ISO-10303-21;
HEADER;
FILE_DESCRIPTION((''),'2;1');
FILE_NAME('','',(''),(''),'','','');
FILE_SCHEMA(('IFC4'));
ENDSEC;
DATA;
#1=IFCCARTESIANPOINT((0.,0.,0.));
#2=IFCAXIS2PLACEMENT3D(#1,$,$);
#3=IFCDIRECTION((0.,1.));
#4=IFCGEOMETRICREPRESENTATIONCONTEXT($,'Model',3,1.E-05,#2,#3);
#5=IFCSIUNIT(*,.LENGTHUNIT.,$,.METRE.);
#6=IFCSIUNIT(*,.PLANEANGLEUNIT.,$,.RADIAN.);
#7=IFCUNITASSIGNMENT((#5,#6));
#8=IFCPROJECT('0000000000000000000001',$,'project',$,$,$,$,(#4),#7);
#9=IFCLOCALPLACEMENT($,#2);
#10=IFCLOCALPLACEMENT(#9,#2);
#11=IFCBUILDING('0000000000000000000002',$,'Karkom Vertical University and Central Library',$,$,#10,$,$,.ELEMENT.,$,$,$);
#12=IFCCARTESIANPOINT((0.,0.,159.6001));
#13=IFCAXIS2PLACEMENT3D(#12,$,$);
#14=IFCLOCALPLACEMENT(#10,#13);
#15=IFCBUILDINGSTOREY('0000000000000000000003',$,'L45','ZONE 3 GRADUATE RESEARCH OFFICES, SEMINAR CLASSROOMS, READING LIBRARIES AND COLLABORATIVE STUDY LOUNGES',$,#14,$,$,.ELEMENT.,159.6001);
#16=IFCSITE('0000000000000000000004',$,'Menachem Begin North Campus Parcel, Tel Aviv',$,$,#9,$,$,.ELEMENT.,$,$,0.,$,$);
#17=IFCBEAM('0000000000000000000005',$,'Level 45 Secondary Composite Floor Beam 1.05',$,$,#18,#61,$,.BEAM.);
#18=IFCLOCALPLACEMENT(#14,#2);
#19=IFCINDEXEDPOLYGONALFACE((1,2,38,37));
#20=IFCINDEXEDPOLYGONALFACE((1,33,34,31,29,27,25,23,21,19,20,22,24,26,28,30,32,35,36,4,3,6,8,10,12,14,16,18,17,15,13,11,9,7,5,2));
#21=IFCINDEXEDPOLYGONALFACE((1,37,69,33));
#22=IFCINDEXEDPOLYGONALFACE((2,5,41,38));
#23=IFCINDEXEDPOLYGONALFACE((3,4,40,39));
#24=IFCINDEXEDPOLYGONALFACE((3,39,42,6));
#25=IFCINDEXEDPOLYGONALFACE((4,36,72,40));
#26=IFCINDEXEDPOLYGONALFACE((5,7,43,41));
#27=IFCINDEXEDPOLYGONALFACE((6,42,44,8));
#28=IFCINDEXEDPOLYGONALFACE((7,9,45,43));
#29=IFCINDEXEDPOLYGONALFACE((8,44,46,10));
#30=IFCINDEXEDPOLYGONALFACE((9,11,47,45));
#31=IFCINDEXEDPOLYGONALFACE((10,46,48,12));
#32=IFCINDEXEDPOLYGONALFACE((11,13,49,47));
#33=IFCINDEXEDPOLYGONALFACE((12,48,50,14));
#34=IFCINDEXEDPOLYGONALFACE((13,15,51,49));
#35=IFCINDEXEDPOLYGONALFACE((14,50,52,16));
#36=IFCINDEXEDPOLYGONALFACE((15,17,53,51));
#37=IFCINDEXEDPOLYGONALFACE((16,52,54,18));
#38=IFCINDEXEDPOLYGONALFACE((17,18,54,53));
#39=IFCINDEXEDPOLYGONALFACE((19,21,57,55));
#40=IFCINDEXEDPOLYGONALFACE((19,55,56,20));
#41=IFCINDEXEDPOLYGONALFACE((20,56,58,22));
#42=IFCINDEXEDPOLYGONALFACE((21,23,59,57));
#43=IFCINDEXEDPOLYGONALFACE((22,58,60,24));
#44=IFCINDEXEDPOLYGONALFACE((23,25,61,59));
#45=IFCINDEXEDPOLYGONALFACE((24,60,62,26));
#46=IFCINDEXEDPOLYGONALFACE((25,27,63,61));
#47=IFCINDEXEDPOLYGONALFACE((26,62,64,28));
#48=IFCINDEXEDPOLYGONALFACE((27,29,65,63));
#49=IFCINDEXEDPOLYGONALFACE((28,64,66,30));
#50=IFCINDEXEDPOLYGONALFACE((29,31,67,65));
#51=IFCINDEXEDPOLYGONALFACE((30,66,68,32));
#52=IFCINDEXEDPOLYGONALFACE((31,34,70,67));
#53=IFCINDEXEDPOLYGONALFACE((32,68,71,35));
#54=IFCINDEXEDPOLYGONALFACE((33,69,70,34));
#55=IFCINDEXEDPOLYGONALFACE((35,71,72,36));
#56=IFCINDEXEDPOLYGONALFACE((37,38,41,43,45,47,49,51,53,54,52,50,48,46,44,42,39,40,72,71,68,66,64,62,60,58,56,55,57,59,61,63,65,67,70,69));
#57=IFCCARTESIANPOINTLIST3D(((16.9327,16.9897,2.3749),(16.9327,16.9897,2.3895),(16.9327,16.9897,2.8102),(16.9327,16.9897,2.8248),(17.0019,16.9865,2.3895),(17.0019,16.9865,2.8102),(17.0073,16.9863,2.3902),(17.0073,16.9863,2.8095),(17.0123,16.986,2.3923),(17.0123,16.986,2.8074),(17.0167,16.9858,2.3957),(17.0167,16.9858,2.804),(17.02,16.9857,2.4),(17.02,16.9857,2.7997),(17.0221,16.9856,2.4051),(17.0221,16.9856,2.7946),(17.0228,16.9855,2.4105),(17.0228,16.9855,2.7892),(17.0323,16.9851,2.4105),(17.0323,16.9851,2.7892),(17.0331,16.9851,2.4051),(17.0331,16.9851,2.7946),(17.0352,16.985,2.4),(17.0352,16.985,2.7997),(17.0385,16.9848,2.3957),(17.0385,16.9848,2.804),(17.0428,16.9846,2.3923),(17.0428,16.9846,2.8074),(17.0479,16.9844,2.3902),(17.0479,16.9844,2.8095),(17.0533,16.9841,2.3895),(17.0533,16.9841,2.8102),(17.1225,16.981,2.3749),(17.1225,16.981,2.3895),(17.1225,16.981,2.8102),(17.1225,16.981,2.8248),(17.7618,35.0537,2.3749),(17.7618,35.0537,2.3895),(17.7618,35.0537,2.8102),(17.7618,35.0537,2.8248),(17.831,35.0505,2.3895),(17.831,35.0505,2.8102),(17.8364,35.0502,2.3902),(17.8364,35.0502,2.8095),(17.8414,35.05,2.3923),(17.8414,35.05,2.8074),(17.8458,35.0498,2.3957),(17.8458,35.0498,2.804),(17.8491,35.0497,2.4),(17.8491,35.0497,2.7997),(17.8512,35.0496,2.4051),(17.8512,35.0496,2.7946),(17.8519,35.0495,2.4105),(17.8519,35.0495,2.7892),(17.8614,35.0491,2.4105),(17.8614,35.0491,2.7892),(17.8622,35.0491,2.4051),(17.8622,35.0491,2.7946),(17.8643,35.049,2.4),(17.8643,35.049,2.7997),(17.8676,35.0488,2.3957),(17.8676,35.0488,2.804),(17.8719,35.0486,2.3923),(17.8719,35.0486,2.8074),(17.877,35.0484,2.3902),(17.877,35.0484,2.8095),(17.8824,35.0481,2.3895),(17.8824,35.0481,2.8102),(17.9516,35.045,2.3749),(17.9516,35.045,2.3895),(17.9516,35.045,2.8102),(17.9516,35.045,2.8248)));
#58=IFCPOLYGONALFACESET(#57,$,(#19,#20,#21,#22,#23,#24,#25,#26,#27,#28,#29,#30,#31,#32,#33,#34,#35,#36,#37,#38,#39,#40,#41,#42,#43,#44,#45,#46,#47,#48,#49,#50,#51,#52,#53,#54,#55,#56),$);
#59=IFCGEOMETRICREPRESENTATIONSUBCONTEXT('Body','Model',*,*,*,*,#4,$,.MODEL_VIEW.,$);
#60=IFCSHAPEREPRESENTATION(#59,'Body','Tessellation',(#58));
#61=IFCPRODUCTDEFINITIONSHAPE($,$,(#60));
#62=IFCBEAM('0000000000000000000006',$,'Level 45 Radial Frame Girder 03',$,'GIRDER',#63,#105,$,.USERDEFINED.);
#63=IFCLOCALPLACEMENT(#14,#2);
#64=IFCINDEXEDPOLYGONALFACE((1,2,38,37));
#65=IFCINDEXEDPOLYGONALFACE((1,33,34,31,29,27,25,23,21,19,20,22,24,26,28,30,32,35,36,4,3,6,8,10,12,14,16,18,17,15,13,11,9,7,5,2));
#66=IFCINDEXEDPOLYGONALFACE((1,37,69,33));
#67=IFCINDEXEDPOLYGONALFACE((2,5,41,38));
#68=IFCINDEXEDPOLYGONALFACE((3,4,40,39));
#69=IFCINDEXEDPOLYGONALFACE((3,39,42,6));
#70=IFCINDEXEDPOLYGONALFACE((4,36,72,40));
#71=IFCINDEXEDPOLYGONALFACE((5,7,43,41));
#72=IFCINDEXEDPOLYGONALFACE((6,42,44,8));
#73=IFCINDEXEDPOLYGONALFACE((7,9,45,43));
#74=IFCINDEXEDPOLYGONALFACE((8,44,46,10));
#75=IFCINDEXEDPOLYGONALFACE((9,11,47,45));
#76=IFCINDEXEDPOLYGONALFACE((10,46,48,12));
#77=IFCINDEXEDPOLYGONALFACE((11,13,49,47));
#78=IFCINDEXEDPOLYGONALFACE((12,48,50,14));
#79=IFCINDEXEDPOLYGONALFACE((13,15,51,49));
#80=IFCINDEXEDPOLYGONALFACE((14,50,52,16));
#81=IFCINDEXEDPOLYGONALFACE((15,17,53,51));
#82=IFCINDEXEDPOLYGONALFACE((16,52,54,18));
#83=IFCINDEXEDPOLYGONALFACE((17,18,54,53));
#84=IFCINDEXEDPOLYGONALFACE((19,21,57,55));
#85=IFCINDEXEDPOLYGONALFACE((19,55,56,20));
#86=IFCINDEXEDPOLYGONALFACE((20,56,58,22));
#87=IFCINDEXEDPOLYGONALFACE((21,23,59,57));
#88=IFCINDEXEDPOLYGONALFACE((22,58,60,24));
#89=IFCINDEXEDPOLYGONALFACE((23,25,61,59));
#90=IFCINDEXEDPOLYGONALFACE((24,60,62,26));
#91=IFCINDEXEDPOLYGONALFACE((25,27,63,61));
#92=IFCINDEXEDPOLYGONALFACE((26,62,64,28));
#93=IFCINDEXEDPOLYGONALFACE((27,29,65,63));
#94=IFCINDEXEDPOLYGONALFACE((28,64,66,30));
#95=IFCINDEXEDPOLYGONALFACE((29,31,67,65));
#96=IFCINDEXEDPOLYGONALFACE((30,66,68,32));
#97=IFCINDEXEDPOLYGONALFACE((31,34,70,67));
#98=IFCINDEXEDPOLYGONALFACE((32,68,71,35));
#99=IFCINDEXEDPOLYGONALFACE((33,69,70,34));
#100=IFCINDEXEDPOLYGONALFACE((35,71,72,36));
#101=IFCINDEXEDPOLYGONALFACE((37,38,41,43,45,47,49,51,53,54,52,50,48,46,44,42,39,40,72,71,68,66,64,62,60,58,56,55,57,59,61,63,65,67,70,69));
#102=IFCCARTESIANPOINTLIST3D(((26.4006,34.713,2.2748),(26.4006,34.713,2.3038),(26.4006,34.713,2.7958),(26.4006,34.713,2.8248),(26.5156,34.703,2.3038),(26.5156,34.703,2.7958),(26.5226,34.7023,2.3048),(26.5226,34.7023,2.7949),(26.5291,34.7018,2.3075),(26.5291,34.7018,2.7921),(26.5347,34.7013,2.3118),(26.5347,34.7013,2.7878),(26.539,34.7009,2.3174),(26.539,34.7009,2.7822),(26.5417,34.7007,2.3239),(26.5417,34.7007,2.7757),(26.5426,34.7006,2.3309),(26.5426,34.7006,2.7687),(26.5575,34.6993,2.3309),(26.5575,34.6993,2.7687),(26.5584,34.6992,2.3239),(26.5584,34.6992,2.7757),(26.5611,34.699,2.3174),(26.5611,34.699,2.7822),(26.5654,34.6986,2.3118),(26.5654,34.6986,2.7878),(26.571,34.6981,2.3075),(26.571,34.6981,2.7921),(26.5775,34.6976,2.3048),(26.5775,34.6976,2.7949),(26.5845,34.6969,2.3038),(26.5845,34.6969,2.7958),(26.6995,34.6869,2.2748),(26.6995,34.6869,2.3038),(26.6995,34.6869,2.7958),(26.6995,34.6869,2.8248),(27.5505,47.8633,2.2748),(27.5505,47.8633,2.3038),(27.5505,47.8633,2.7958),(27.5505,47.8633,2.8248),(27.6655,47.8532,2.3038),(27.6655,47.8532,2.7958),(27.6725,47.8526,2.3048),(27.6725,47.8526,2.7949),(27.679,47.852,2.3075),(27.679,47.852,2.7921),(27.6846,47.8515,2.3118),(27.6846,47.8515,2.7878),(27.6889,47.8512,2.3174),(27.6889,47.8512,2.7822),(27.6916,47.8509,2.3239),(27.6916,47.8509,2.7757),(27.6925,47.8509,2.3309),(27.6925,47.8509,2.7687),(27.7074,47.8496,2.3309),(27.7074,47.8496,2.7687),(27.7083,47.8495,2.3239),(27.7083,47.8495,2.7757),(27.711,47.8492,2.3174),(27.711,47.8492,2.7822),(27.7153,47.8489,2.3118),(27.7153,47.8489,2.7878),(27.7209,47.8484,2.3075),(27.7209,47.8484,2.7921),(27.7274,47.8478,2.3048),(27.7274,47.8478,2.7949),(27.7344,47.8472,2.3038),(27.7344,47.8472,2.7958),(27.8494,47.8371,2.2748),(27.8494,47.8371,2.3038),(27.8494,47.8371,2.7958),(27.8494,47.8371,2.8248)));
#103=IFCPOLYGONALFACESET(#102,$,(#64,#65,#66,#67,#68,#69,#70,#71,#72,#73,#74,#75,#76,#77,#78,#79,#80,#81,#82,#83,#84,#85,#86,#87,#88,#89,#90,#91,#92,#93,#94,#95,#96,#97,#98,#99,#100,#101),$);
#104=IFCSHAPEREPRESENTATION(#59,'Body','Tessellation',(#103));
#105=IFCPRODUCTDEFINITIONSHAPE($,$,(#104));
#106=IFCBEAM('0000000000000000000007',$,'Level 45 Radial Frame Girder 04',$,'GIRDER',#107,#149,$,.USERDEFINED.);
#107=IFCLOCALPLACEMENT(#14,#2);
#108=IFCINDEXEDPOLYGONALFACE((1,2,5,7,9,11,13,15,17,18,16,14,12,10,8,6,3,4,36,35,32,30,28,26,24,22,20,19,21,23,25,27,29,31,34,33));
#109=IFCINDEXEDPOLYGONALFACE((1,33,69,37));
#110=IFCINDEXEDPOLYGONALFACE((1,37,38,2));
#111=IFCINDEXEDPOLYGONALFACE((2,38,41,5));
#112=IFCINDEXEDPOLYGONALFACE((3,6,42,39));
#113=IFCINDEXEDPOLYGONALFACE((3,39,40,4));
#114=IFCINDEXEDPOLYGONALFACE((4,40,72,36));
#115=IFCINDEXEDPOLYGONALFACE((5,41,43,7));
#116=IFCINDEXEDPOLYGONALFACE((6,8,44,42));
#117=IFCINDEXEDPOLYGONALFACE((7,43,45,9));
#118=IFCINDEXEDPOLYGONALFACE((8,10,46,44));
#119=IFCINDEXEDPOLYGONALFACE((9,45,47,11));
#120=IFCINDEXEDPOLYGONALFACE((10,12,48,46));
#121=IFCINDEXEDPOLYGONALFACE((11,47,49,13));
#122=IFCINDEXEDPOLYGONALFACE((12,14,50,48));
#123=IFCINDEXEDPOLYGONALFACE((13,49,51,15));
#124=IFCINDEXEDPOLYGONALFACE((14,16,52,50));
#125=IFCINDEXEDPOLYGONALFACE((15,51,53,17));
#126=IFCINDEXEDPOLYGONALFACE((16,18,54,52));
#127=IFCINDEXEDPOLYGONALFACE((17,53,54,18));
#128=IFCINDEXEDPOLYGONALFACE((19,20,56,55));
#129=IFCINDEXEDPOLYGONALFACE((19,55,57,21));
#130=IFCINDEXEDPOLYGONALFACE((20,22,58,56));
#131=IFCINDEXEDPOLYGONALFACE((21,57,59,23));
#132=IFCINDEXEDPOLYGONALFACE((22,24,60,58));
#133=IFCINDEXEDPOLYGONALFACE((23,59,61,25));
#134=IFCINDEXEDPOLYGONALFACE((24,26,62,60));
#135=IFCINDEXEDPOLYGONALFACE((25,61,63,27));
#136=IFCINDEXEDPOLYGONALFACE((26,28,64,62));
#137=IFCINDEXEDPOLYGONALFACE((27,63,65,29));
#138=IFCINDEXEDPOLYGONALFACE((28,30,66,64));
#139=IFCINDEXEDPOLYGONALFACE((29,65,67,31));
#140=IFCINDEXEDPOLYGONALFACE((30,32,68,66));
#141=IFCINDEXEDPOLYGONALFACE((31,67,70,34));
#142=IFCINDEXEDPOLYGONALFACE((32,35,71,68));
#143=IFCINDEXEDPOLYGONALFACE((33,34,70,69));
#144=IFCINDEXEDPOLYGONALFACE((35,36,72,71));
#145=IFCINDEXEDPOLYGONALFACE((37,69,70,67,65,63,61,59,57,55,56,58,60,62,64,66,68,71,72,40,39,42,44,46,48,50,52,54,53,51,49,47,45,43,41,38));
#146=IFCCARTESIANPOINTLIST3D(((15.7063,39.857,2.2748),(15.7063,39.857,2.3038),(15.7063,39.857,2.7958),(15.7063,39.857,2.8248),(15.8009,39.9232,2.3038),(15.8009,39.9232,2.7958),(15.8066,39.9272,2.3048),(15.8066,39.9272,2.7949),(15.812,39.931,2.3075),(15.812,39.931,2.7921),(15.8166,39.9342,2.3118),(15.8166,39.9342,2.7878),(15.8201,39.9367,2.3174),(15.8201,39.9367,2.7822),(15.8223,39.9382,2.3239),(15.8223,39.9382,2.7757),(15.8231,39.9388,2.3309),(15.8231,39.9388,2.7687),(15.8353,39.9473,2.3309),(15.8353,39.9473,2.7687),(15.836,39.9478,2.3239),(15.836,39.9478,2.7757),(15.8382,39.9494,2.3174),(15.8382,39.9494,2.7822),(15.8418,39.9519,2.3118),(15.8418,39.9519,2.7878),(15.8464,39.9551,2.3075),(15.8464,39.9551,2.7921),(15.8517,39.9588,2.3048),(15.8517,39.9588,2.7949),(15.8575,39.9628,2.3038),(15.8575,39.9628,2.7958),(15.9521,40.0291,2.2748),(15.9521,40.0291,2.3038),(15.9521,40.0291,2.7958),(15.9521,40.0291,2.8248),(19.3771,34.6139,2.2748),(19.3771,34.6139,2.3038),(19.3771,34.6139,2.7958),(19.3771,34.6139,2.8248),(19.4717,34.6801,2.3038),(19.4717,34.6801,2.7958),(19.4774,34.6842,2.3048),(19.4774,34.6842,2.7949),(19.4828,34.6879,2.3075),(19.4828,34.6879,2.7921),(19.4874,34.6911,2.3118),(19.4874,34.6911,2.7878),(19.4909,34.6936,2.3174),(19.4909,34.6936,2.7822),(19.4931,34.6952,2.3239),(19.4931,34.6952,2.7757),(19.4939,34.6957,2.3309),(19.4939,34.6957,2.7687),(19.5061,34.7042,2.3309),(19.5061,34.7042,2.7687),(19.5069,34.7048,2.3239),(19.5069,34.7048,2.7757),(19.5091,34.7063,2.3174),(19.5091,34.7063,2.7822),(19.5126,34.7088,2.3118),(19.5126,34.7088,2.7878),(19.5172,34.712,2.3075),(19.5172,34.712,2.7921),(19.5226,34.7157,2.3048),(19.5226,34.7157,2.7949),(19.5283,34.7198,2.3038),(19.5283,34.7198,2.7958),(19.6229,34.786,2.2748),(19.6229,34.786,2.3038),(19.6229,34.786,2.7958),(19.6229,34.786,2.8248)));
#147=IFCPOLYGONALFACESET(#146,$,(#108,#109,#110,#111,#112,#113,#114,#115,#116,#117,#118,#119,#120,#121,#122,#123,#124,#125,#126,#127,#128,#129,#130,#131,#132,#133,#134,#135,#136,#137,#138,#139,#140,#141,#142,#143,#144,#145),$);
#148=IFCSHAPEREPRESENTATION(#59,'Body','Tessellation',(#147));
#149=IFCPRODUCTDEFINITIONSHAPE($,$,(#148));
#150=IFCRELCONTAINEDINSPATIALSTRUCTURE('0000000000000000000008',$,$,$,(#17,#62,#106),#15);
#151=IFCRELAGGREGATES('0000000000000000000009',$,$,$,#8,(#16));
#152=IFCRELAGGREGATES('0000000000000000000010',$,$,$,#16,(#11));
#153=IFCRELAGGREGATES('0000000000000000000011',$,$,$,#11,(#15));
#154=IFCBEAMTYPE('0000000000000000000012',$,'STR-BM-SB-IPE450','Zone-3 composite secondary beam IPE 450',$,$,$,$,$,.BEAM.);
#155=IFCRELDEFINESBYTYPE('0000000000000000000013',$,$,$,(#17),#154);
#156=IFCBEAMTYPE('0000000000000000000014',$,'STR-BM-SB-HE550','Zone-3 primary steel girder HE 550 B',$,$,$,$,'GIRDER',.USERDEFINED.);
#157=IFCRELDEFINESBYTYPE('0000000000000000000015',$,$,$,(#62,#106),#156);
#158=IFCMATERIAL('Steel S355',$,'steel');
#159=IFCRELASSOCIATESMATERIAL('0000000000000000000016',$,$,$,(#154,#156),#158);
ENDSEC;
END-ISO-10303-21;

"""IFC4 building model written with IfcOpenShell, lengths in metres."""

from ifc_helpers import new_model, si_unit, direction, frame, origin, origin_with_axes, origin_2d, place, context, subcontext, project, spatial, i_section, extrude, source, transform, mapped, material, material_profile, profile_set, type_object, element, save


model = new_model("IFC4")

# Units and contexts
model_context = context("Model", 3, precision=1e-05, world=origin(), true_north=direction((0.0, 1.0)))
body_context = subcontext(model_context, "Body", "Model", "MODEL_VIEW")
ifc_project = project(units=[si_unit("LENGTHUNIT", "METRE"), si_unit("PLANEANGLEUNIT", "RADIAN")], contexts=[model_context])

# Site, building, storey
site_placement = place(None, origin())
site = spatial("IfcSite", under=ifc_project, at=site_placement, Name="Menachem Begin North Campus Parcel, Tel Aviv", CompositionType="ELEMENT", RefElevation=0.0)
building_placement = place(site_placement, origin())
building = spatial("IfcBuilding", under=site, at=building_placement, Name="Karkom Vertical University and Central Library", CompositionType="ELEMENT")
storey_placement = place(building_placement, frame((0.0, 0.0, 159.6001)))
storey = spatial("IfcBuildingStorey", under=building, at=storey_placement, Name="L45", Description="ZONE 3 GRADUATE RESEARCH OFFICES, SEMINAR CLASSROOMS, READING LIBRARIES AND COLLABORATIVE STUDY LOUNGES", CompositionType="ELEMENT", Elevation=159.6001)

# Beams
ifc_material_1 = material(Name="Steel S355", Category="steel")
ifc_material_profile_1 = material_profile(ifc_material_1, i_section(OverallWidth=0.1899, OverallDepth=0.45, WebThickness=0.0095, FlangeThickness=0.0146, FilletRadius=0.021, at=origin_2d()), Name="IPE 450")
ifc_profile_set_1 = profile_set([ifc_material_profile_1], Name="Steel S355")
beam_type_1 = type_object("IfcBeamType", Name="STR-BM-SB-IPE450", Description="Zone-3 composite secondary beam IPE 450", PredefinedType="BEAM", material=ifc_profile_set_1)
shared_shape_1 = source(origin_with_axes(), body_context, "Body", "SweptSolid", [
    extrude(i_section(OverallWidth=0.1899, OverallDepth=0.45, WebThickness=0.0095, FlangeThickness=0.0146, FilletRadius=0.021, at=origin_2d()), origin(), (0.0, 0.0, 1.0), 18.083),
])
beam_1_placement = place(storey_placement, frame((17.8567, 35.0493, 2.5999), z_axis=(-0.04585, -0.998948, 0.0), x_axis=(0.998948, -0.04585, 0.0)))
element("IfcBeam", 1, at=beam_1_placement, inside=storey, type_object=beam_type_1, Name="Level 45 Secondary Composite Floor Beam 1.05", PredefinedType="BEAM", context=body_context, shape_type="MappedRepresentation", body=[
    mapped(shared_shape_1, transform((0.0, 0.0, 0.0), scale=1.0)),
])
ifc_material_profile_2 = material_profile(ifc_material_1, i_section(OverallWidth=0.3, OverallDepth=0.55, WebThickness=0.0149, FlangeThickness=0.0291, FilletRadius=0.0271, at=origin_2d()), Name="HE 550 B")
ifc_profile_set_2 = profile_set([ifc_material_profile_2], Name="Steel S355")
beam_type_2 = type_object("IfcBeamType", Name="STR-BM-SB-HE550", Description="Zone-3 primary steel girder HE 550 B", ElementType="GIRDER", PredefinedType="USERDEFINED", material=ifc_profile_set_2)
shared_shape_2 = source(origin_with_axes(), body_context, "Body", "SweptSolid", [
    extrude(i_section(OverallWidth=0.3, OverallDepth=0.55, WebThickness=0.0149, FlangeThickness=0.0291, FilletRadius=0.0271, at=origin_2d()), origin(), (0.0, 0.0, 1.0), 13.2004),
])
beam_2_placement = place(storey_placement, frame((26.55, 34.7, 2.5498), z_axis=(0.087112, 0.996199, 0.0), x_axis=(-0.996199, 0.087112, 0.0)))
element("IfcBeam", 2, at=beam_2_placement, inside=storey, type_object=beam_type_2, Name="Level 45 Radial Frame Girder 03", ObjectType="GIRDER", PredefinedType="USERDEFINED", context=body_context, shape_type="MappedRepresentation", body=[
    mapped(shared_shape_2, transform((0.0, 0.0, 0.0), scale=1.0)),
])
shared_shape_3 = source(origin_with_axes(), body_context, "Body", "SweptSolid", [
    extrude(i_section(OverallWidth=0.3, OverallDepth=0.55, WebThickness=0.0149, FlangeThickness=0.0291, FilletRadius=0.0271, at=origin_2d()), origin(), (0.0, 0.0, 1.0), 6.4004),
])
beam_3_placement = place(storey_placement, frame((19.5, 34.7, 2.5498), z_axis=(-0.573534, 0.819182, 0.0), x_axis=(-0.819182, -0.573534, 0.0)))
element("IfcBeam", 3, at=beam_3_placement, inside=storey, type_object=beam_type_2, Name="Level 45 Radial Frame Girder 04", ObjectType="GIRDER", PredefinedType="USERDEFINED", context=body_context, shape_type="MappedRepresentation", body=[
    mapped(shared_shape_3, transform((0.0, 0.0, 0.0), scale=1.0)),
])

save(model, "model.ifc")
